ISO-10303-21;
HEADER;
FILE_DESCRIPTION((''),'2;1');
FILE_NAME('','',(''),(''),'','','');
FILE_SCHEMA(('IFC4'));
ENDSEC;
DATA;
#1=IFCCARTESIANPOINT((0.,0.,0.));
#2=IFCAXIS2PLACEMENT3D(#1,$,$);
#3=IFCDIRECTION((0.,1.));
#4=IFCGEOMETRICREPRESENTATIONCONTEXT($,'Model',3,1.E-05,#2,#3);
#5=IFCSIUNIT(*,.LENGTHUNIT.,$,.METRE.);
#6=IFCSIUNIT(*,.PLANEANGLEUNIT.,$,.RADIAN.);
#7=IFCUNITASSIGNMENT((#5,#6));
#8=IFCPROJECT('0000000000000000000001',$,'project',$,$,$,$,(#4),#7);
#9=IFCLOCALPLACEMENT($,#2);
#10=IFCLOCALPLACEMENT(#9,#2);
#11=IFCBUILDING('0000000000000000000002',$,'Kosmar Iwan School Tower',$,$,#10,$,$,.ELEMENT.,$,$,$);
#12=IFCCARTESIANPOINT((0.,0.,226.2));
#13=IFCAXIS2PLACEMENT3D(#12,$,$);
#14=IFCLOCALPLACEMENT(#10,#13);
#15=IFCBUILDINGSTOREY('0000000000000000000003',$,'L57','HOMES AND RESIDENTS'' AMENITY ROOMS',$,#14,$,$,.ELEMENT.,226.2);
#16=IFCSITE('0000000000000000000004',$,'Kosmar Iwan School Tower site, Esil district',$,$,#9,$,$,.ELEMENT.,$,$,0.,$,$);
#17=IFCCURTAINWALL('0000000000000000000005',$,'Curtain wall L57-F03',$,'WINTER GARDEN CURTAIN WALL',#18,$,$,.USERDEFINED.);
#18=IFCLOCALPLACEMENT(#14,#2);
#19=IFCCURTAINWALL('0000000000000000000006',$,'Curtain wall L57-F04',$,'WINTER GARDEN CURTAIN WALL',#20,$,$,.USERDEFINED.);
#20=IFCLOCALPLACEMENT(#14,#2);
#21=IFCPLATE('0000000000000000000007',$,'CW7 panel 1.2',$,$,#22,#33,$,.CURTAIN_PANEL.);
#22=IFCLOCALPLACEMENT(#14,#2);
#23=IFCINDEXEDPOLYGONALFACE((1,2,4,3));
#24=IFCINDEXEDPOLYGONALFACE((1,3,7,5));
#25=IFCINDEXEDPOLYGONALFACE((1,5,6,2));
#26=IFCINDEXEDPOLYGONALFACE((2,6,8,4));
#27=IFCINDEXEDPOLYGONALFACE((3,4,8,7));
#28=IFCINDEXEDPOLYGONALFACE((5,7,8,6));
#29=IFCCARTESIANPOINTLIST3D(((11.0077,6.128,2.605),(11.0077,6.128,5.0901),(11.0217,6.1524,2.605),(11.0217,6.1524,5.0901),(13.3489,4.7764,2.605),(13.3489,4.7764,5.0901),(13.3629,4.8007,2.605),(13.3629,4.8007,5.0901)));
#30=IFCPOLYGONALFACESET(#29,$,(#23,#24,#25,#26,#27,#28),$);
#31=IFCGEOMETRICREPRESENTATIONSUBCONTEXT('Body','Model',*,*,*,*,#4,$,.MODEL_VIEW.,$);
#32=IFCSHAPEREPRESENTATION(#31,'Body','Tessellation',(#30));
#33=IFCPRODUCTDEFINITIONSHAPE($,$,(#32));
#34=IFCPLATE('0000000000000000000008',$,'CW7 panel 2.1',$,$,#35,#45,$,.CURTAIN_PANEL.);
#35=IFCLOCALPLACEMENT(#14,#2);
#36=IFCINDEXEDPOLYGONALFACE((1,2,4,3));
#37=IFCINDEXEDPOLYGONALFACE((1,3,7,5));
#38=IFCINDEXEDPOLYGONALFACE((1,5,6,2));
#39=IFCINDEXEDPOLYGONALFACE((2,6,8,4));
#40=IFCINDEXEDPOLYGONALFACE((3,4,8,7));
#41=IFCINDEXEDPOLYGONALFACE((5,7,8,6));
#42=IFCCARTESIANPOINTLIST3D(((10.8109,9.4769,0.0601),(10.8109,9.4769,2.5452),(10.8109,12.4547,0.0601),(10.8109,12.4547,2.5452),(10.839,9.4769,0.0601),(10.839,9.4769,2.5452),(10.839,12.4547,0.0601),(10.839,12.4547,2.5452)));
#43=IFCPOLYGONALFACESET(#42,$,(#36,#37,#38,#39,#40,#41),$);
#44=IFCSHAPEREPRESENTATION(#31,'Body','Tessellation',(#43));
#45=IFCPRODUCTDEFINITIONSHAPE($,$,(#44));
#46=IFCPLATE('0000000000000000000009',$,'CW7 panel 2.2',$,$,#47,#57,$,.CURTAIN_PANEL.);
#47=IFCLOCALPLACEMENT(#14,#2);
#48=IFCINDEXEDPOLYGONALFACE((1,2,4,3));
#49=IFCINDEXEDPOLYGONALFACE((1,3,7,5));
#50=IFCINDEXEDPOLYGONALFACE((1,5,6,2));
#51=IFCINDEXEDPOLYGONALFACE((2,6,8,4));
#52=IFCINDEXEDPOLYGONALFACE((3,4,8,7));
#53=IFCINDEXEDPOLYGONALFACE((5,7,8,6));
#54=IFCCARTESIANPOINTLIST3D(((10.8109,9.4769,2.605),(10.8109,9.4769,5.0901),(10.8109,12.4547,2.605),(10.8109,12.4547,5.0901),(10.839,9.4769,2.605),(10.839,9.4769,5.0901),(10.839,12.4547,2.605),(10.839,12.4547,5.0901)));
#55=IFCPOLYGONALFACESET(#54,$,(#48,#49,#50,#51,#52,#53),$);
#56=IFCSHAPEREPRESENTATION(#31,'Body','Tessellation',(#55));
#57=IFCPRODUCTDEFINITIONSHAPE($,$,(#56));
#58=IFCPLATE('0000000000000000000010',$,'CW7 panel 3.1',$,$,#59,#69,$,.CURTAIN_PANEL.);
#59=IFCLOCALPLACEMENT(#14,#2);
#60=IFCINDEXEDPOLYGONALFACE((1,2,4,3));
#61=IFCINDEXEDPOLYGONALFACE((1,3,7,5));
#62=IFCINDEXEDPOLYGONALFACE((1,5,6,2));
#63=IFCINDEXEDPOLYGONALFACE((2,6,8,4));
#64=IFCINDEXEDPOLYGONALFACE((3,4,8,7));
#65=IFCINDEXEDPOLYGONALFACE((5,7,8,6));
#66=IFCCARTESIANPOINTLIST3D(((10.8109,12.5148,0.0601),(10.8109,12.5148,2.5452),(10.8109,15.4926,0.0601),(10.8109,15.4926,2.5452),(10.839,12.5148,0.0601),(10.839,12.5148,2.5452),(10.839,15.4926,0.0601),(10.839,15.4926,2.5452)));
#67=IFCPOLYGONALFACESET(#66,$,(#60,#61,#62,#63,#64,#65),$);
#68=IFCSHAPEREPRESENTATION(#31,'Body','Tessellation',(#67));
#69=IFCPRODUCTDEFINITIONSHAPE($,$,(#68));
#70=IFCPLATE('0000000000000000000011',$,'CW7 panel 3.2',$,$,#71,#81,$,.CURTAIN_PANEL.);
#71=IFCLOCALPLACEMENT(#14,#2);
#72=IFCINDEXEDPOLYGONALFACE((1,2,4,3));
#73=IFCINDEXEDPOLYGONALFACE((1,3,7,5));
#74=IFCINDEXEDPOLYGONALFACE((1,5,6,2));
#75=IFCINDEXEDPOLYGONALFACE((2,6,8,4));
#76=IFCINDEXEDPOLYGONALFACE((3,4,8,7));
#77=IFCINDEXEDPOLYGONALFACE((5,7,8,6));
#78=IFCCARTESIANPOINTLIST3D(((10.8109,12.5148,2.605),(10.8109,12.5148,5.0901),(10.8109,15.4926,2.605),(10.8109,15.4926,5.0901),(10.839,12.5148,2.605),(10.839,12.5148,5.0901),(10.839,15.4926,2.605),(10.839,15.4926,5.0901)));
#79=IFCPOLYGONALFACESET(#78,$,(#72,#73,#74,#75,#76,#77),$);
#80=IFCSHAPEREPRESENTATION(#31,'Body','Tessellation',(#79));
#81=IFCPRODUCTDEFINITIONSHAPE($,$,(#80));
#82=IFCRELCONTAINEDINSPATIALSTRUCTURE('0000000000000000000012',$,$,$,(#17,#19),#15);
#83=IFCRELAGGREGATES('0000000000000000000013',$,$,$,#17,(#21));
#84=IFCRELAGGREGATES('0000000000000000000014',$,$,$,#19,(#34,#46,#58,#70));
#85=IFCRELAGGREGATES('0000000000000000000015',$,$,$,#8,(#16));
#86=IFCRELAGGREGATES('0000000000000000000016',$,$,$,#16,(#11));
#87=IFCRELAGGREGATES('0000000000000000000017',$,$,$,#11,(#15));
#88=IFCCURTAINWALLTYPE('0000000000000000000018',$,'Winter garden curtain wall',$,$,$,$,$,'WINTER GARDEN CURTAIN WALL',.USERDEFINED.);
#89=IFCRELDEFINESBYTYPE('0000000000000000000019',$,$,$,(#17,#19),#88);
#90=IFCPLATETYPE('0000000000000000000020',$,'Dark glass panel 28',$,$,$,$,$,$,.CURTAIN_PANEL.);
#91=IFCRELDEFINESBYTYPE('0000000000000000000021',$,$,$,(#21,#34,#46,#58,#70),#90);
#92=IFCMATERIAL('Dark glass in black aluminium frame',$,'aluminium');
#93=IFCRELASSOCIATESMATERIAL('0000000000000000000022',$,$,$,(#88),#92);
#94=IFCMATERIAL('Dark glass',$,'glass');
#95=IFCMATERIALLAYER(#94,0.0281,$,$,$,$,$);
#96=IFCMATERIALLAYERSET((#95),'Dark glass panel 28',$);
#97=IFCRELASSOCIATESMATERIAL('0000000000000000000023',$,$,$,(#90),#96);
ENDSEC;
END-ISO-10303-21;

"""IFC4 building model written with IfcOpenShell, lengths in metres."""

from ifc_helpers import new_model, si_unit, direction, frame, origin, origin_2d, place, context, subcontext, project, spatial, rectangle, extrude, material, layer, layer_set, type_object, element, aggregate, save


model = new_model("IFC4")

# Units and contexts
model_context = context("Model", 3, precision=1e-05, world=origin(), true_north=direction((0.0, 1.0)))
body_context = subcontext(model_context, "Body", "Model", "MODEL_VIEW")
ifc_project = project(units=[si_unit("LENGTHUNIT", "METRE"), si_unit("PLANEANGLEUNIT", "RADIAN")], contexts=[model_context])

# Site, building, storey
site_placement = place(None, origin())
site = spatial("IfcSite", under=ifc_project, at=site_placement, Name="Kosmar Iwan School Tower site, Esil district", CompositionType="ELEMENT", RefElevation=0.0)
building_placement = place(site_placement, origin())
building = spatial("IfcBuilding", under=site, at=building_placement, Name="Kosmar Iwan School Tower", CompositionType="ELEMENT")
storey_placement = place(building_placement, frame((0.0, 0.0, 226.2)))
storey = spatial("IfcBuildingStorey", under=building, at=storey_placement, Name="L57", Description="HOMES AND RESIDENTS' AMENITY ROOMS", CompositionType="ELEMENT", Elevation=226.2)

# Curtain wall
ifc_material_1 = material(Name="Dark glass in black aluminium frame", Category="aluminium")
curtain_wall_type = type_object("IfcCurtainWallType", Name="Winter garden curtain wall", ElementType="WINTER GARDEN CURTAIN WALL", PredefinedType="USERDEFINED", material=ifc_material_1)
curtain_wall_1_placement = place(storey_placement, origin())
curtain_wall_1 = element("IfcCurtainWall", 1, at=curtain_wall_1_placement, inside=storey, type_object=curtain_wall_type, Name="Curtain wall L57-F03", ObjectType="WINTER GARDEN CURTAIN WALL", PredefinedType="USERDEFINED")

# Curtain wall
curtain_wall_2_placement = place(storey_placement, origin())
curtain_wall_2 = element("IfcCurtainWall", 2, at=curtain_wall_2_placement, inside=storey, type_object=curtain_wall_type, Name="Curtain wall L57-F04", ObjectType="WINTER GARDEN CURTAIN WALL", PredefinedType="USERDEFINED")

# Plates
ifc_material_2 = material(Name="Dark glass", Category="glass")
ifc_layer = layer(ifc_material_2, 0.0281)
ifc_layer_set = layer_set([ifc_layer], Name="Dark glass panel 28")
plate_type = type_object("IfcPlateType", Name="Dark glass panel 28", PredefinedType="CURTAIN_PANEL", material=ifc_layer_set)
plate_1_placement = place(storey_placement, frame((12.1853, 5.4644, 2.605), z_axis=(0.0, 0.0, 1.0), x_axis=(0.866025, -0.5, 0.0)))
plate_1 = element("IfcPlate", 3, at=plate_1_placement, type_object=plate_type, Name="CW7 panel 1.2", PredefinedType="CURTAIN_PANEL", context=body_context, shape_type="SweptSolid", body=[
    extrude(rectangle(XDim=2.7034, YDim=0.0281, at=origin_2d()), origin(), (0.0, 0.0, 1.0), 2.4851),
])
aggregate(curtain_wall_1, [plate_1])
plate_2_placement = place(storey_placement, frame((10.825, 10.9658, 0.0601), z_axis=(0.0, 0.0, 1.0), x_axis=(0.0, 1.0, 0.0)))
plate_2 = element("IfcPlate", 4, at=plate_2_placement, type_object=plate_type, Name="CW7 panel 2.1", PredefinedType="CURTAIN_PANEL", context=body_context, shape_type="SweptSolid", body=[
    extrude(rectangle(XDim=2.9778, YDim=0.0281, at=origin_2d()), origin(), (0.0, 0.0, 1.0), 2.4851),
])
plate_3_placement = place(storey_placement, frame((10.825, 10.9658, 2.605), z_axis=(0.0, 0.0, 1.0), x_axis=(0.0, 1.0, 0.0)))
plate_3 = element("IfcPlate", 5, at=plate_3_placement, type_object=plate_type, Name="CW7 panel 2.2", PredefinedType="CURTAIN_PANEL", context=body_context, shape_type="SweptSolid", body=[
    extrude(rectangle(XDim=2.9778, YDim=0.0281, at=origin_2d()), origin(), (0.0, 0.0, 1.0), 2.4851),
])
plate_4_placement = place(storey_placement, frame((10.825, 14.0037, 0.0601), z_axis=(0.0, 0.0, 1.0), x_axis=(0.0, 1.0, 0.0)))
plate_4 = element("IfcPlate", 6, at=plate_4_placement, type_object=plate_type, Name="CW7 panel 3.1", PredefinedType="CURTAIN_PANEL", context=body_context, shape_type="SweptSolid", body=[
    extrude(rectangle(XDim=2.9778, YDim=0.0281, at=origin_2d()), origin(), (0.0, 0.0, 1.0), 2.4851),
])
plate_5_placement = place(storey_placement, frame((10.825, 14.0037, 2.605), z_axis=(0.0, 0.0, 1.0), x_axis=(0.0, 1.0, 0.0)))
plate_5 = element("IfcPlate", 7, at=plate_5_placement, type_object=plate_type, Name="CW7 panel 3.2", PredefinedType="CURTAIN_PANEL", context=body_context, shape_type="SweptSolid", body=[
    extrude(rectangle(XDim=2.9778, YDim=0.0281, at=origin_2d()), origin(), (0.0, 0.0, 1.0), 2.4851),
])
aggregate(curtain_wall_2, [plate_2, plate_3, plate_4, plate_5])

save(model, "model.ifc")
